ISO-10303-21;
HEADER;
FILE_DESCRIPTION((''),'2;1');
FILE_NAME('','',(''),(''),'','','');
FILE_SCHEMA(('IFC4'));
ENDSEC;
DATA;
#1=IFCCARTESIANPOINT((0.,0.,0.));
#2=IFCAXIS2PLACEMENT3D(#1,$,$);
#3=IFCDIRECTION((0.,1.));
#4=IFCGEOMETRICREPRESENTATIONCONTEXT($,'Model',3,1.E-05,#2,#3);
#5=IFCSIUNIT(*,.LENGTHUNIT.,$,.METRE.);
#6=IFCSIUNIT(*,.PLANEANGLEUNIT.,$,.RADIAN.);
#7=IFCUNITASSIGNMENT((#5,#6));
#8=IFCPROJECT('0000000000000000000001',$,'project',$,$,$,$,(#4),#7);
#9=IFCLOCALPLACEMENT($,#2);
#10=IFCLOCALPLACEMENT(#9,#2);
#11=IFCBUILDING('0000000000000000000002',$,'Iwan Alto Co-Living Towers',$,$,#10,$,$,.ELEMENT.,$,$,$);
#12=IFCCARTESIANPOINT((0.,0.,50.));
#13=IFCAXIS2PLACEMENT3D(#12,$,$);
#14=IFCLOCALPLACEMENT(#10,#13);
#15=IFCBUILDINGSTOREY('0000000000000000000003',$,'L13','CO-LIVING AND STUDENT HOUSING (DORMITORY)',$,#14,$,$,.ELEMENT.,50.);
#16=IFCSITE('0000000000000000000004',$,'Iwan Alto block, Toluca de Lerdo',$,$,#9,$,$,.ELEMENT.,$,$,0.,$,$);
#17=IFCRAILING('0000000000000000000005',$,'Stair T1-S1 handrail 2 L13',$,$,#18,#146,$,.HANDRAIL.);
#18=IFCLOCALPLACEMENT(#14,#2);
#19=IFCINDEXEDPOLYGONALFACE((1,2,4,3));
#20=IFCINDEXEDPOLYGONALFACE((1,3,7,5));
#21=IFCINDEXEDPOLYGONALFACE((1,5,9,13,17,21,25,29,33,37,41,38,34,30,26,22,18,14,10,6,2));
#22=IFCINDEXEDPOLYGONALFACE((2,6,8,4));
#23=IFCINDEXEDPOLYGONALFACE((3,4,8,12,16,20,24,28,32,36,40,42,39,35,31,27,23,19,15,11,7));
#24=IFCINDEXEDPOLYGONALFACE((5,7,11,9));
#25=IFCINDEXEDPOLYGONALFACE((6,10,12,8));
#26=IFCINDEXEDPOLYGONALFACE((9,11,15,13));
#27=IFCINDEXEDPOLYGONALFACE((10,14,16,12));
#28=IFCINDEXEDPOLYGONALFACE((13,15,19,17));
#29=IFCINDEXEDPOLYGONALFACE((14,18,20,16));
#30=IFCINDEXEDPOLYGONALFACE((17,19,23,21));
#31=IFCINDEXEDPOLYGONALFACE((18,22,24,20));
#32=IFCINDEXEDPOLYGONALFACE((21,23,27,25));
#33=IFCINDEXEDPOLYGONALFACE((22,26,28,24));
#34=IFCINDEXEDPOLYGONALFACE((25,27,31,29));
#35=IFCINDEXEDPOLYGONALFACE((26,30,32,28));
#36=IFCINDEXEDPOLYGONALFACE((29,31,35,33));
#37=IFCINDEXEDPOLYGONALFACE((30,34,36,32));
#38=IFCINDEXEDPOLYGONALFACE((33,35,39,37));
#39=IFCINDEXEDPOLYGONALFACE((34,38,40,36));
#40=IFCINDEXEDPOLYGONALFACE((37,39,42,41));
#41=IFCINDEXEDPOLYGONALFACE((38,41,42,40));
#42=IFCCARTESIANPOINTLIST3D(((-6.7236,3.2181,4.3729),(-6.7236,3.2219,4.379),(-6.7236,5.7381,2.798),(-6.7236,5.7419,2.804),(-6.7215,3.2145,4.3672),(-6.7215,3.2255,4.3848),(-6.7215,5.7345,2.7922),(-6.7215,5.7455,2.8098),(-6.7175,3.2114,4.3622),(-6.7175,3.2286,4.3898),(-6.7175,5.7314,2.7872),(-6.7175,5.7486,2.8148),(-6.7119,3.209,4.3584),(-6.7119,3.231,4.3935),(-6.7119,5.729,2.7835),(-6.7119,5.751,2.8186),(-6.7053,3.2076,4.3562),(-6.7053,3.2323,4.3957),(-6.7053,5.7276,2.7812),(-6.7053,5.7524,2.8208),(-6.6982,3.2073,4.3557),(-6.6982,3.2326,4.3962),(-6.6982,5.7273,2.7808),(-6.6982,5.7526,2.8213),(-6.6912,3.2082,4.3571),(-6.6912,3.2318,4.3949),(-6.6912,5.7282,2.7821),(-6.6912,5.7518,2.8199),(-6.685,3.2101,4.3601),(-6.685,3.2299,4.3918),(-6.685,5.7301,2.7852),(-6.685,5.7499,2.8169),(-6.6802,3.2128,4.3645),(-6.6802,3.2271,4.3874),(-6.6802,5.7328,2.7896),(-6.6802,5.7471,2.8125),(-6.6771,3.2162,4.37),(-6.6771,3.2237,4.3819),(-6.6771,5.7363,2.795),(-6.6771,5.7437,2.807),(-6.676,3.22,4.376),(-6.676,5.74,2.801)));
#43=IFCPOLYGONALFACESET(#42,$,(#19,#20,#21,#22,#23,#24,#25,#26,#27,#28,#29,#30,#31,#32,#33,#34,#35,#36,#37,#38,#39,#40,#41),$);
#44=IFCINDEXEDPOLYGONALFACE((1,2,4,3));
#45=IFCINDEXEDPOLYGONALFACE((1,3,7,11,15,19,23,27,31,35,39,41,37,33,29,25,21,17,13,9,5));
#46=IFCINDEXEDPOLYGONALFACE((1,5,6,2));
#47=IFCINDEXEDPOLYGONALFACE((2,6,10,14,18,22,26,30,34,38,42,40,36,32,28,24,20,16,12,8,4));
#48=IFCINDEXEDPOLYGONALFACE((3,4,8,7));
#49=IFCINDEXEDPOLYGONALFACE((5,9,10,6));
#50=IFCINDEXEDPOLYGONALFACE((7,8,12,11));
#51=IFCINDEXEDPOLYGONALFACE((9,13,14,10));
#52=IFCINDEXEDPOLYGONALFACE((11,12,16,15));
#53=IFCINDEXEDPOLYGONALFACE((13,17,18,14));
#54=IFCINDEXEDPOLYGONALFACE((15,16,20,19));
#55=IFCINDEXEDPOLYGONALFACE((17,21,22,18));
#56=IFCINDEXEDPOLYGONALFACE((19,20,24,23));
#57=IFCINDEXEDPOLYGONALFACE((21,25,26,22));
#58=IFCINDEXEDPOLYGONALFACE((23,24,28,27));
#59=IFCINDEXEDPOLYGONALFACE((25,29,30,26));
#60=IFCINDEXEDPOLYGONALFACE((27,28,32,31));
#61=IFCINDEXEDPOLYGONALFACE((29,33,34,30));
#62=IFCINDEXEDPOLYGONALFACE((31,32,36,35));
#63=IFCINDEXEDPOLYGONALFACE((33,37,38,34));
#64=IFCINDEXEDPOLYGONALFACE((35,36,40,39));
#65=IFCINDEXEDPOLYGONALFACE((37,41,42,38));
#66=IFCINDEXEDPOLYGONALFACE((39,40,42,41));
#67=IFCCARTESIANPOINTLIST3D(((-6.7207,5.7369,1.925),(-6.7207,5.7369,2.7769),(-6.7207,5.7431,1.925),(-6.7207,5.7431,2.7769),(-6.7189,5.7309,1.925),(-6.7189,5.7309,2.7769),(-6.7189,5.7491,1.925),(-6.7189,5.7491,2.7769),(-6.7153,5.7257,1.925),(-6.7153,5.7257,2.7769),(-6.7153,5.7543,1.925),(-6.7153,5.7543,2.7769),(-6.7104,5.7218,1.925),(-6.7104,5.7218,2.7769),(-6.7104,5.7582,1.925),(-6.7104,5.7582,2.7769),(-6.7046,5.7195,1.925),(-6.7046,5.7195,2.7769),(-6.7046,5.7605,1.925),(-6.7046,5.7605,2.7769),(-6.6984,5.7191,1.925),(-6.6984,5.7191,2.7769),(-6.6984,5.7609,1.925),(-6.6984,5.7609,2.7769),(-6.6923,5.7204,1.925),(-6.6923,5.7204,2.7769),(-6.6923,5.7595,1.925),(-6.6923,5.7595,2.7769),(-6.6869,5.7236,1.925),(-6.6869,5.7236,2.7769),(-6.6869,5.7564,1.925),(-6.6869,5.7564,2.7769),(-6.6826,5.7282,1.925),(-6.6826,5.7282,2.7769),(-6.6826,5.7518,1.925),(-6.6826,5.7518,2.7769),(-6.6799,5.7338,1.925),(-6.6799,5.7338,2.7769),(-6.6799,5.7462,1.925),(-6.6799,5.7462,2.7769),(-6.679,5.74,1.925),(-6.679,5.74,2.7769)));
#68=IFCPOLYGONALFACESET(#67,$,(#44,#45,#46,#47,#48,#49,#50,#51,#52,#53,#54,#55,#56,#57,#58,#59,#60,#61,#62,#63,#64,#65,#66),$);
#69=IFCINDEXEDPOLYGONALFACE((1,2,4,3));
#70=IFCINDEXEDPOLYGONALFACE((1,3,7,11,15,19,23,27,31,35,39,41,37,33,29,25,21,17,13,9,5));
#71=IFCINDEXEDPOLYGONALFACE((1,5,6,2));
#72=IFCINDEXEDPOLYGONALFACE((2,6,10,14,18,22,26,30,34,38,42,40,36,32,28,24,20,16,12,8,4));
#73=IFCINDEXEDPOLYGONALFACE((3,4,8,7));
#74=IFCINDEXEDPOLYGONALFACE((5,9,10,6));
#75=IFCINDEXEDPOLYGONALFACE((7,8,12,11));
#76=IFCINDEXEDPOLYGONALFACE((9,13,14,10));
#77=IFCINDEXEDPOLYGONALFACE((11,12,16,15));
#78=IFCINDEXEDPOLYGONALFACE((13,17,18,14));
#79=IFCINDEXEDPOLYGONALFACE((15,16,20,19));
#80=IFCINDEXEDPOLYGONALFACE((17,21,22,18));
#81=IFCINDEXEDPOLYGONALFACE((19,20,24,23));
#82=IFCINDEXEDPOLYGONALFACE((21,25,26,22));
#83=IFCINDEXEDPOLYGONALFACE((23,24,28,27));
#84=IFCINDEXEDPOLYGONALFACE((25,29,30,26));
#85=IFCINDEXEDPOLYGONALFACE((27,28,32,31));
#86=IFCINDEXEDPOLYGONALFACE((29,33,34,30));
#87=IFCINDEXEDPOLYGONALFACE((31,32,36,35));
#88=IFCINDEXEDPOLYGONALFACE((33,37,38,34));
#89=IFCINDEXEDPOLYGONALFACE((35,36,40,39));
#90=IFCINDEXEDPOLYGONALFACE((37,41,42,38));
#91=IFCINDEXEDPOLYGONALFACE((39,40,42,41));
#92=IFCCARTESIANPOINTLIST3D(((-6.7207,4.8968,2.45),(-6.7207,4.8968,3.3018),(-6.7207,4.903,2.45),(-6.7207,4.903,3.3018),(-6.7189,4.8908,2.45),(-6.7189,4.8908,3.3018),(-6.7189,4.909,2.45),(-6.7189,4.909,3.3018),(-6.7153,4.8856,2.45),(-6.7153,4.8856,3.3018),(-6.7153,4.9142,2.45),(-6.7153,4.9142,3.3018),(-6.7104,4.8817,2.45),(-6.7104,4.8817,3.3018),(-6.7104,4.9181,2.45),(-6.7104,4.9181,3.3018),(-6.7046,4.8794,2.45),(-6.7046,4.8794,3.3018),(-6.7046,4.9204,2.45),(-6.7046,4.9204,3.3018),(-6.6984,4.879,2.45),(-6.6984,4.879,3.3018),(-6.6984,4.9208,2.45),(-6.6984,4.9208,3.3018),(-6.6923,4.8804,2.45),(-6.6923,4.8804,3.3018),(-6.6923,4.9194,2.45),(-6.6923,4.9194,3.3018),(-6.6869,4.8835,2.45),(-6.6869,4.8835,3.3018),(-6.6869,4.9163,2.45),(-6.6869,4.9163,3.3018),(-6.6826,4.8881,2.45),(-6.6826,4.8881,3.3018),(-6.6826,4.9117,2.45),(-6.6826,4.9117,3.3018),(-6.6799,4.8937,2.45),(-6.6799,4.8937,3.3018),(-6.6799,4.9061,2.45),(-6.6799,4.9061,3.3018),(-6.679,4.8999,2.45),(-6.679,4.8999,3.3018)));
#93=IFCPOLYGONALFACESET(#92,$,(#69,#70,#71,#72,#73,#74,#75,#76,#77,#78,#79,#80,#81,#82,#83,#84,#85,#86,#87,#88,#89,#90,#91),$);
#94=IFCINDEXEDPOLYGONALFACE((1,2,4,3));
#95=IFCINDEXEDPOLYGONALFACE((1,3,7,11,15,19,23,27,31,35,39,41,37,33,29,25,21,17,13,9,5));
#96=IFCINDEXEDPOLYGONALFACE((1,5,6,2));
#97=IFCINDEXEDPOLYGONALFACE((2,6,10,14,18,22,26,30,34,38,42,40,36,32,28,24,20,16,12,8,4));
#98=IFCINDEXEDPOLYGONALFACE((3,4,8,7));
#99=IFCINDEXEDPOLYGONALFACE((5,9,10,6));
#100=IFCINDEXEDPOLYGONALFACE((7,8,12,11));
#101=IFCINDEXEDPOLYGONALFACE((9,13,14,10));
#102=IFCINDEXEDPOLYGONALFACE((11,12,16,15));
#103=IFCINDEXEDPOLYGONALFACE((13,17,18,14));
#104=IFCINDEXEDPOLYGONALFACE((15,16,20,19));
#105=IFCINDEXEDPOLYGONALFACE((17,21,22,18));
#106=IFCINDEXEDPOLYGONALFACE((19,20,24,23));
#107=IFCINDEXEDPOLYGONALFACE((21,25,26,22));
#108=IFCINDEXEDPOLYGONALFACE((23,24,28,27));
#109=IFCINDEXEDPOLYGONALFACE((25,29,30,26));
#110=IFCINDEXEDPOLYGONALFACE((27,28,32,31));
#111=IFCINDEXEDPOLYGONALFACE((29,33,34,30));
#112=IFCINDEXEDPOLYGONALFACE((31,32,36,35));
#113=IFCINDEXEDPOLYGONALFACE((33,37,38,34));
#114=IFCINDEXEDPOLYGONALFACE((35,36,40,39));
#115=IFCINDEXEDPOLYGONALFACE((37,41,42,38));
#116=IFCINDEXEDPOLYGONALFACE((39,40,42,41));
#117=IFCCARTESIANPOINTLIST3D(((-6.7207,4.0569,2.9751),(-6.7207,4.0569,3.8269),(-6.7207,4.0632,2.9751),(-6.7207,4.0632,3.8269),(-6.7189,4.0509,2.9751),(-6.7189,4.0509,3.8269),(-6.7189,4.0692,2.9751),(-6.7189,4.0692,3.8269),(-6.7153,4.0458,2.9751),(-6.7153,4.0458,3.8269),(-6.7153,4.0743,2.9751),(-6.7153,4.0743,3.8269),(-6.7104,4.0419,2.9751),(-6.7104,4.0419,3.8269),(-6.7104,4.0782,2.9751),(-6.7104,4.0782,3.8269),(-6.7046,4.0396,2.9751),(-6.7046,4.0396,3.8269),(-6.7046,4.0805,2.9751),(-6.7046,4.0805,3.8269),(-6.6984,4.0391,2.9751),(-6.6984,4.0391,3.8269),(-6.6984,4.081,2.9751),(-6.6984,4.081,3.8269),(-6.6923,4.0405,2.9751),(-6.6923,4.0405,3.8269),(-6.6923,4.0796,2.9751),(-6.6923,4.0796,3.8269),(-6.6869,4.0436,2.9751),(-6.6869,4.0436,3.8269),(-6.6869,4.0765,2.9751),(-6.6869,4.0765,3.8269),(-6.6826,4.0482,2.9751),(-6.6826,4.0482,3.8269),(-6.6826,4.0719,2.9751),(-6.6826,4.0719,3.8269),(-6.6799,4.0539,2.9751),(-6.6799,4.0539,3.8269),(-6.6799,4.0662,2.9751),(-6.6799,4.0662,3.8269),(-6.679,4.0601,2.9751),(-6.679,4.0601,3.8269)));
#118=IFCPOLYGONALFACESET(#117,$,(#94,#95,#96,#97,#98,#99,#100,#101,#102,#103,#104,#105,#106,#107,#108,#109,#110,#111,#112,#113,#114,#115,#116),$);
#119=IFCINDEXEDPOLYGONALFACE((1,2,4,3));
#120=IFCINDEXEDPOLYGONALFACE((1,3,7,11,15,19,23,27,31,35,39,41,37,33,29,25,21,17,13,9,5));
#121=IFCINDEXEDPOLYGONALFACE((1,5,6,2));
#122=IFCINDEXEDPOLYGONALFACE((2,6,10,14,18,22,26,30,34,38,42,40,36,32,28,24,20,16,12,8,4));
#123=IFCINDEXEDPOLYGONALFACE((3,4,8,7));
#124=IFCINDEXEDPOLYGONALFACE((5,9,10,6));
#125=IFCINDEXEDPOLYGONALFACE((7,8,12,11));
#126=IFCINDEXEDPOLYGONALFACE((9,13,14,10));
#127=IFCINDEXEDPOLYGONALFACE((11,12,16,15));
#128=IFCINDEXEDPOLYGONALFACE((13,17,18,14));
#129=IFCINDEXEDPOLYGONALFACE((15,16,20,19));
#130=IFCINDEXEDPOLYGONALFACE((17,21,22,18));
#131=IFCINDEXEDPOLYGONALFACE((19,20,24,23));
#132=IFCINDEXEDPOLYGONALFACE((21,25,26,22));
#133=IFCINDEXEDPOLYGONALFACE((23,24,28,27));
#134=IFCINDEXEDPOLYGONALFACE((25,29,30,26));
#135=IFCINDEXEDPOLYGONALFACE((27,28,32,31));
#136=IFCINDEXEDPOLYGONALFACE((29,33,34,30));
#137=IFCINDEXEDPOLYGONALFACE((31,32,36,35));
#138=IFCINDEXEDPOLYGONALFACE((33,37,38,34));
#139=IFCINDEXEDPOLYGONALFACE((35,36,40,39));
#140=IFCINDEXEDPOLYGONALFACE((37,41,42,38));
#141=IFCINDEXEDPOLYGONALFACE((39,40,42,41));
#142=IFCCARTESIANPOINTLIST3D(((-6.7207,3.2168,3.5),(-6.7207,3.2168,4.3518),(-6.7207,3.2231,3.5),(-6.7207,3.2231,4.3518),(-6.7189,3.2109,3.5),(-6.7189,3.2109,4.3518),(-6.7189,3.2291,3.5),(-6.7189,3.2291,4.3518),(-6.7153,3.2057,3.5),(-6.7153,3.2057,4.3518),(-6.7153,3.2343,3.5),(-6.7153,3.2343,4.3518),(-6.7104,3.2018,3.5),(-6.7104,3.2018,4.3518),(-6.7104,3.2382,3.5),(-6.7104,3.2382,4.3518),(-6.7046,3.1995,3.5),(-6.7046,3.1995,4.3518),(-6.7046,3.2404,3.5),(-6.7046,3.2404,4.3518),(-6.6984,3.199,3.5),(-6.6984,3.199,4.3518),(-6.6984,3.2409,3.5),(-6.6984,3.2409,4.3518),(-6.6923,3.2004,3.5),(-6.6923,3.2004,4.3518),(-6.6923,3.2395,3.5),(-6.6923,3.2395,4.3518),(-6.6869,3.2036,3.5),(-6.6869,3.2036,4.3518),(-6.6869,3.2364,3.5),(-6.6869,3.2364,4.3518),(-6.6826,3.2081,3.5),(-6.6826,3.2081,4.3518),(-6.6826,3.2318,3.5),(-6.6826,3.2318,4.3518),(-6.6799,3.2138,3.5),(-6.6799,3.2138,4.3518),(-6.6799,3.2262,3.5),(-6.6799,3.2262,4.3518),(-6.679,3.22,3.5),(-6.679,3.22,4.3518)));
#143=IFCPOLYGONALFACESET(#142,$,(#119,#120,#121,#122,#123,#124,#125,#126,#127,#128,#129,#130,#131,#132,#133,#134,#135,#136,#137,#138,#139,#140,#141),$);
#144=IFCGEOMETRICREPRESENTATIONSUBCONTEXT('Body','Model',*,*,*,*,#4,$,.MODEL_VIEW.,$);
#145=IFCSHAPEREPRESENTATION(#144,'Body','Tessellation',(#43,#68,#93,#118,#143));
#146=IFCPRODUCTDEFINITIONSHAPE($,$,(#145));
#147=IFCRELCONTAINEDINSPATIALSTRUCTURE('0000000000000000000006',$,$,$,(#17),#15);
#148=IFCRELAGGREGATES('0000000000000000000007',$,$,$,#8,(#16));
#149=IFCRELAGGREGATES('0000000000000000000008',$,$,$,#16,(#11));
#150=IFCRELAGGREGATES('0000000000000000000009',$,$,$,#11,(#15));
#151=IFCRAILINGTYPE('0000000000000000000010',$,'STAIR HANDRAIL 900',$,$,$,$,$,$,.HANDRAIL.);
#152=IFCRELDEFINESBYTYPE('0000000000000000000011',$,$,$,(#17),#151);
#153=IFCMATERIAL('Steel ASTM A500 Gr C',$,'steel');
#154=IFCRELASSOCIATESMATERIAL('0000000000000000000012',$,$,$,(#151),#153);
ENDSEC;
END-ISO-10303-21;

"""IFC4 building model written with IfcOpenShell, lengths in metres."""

from ifc_helpers import new_model, si_unit, direction, frame, origin, origin_2d, place, context, subcontext, project, spatial, circle, extrude, material, type_object, element, save


model = new_model("IFC4")

# Units and contexts
model_context = context("Model", 3, precision=1e-05, world=origin(), true_north=direction((0.0, 1.0)))
body_context = subcontext(model_context, "Body", "Model", "MODEL_VIEW")
ifc_project = project(units=[si_unit("LENGTHUNIT", "METRE"), si_unit("PLANEANGLEUNIT", "RADIAN")], contexts=[model_context])

# Site, building, storey
site_placement = place(None, origin())
site = spatial("IfcSite", under=ifc_project, at=site_placement, Name="Iwan Alto block, Toluca de Lerdo", CompositionType="ELEMENT", RefElevation=0.0)
building_placement = place(site_placement, origin())
building = spatial("IfcBuilding", under=site, at=building_placement, Name="Iwan Alto Co-Living Towers", CompositionType="ELEMENT")
storey_placement = place(building_placement, frame((0.0, 0.0, 50.0)))
storey = spatial("IfcBuildingStorey", under=building, at=storey_placement, Name="L13", Description="CO-LIVING AND STUDENT HOUSING (DORMITORY)", CompositionType="ELEMENT", Elevation=50.0)

# Railing
ifc_material_1 = material(Name="Steel ASTM A500 Gr C", Category="steel")
railing_type_1 = type_object("IfcRailingType", Name="STAIR HANDRAIL 900", PredefinedType="HANDRAIL", material=ifc_material_1)
railing_1_placement = place(storey_placement, frame((-6.7, 5.74, 1.925)))
element("IfcRailing", 1, at=railing_1_placement, inside=storey, type_object=railing_type_1, Name="Stair T1-S1 handrail 2 L13", PredefinedType="HANDRAIL", context=body_context, shape_type="SweptSolid", body=[
    extrude(circle(Radius=0.0239, at=origin_2d()), frame((0.0, 0.0, 0.876), z_axis=(0.0, -0.848008, 0.529984), x_axis=(1.0, 0.0, 0.0)), (0.0, 0.0, 1.0), 2.9717),
    extrude(circle(Radius=0.021, at=origin_2d()), origin(), (0.0, 0.0, 1.0), 0.8518),
    extrude(circle(Radius=0.021, at=origin_2d()), frame((0.0, -0.8401, 0.5249)), (0.0, 0.0, 1.0), 0.8518),
    extrude(circle(Radius=0.021, at=origin_2d()), frame((0.0, -1.6799, 1.05)), (0.0, 0.0, 1.0), 0.8518),
    extrude(circle(Radius=0.021, at=origin_2d()), frame((0.0, -2.52, 1.575)), (0.0, 0.0, 1.0), 0.8518),
])

save(model, "model.ifc")
